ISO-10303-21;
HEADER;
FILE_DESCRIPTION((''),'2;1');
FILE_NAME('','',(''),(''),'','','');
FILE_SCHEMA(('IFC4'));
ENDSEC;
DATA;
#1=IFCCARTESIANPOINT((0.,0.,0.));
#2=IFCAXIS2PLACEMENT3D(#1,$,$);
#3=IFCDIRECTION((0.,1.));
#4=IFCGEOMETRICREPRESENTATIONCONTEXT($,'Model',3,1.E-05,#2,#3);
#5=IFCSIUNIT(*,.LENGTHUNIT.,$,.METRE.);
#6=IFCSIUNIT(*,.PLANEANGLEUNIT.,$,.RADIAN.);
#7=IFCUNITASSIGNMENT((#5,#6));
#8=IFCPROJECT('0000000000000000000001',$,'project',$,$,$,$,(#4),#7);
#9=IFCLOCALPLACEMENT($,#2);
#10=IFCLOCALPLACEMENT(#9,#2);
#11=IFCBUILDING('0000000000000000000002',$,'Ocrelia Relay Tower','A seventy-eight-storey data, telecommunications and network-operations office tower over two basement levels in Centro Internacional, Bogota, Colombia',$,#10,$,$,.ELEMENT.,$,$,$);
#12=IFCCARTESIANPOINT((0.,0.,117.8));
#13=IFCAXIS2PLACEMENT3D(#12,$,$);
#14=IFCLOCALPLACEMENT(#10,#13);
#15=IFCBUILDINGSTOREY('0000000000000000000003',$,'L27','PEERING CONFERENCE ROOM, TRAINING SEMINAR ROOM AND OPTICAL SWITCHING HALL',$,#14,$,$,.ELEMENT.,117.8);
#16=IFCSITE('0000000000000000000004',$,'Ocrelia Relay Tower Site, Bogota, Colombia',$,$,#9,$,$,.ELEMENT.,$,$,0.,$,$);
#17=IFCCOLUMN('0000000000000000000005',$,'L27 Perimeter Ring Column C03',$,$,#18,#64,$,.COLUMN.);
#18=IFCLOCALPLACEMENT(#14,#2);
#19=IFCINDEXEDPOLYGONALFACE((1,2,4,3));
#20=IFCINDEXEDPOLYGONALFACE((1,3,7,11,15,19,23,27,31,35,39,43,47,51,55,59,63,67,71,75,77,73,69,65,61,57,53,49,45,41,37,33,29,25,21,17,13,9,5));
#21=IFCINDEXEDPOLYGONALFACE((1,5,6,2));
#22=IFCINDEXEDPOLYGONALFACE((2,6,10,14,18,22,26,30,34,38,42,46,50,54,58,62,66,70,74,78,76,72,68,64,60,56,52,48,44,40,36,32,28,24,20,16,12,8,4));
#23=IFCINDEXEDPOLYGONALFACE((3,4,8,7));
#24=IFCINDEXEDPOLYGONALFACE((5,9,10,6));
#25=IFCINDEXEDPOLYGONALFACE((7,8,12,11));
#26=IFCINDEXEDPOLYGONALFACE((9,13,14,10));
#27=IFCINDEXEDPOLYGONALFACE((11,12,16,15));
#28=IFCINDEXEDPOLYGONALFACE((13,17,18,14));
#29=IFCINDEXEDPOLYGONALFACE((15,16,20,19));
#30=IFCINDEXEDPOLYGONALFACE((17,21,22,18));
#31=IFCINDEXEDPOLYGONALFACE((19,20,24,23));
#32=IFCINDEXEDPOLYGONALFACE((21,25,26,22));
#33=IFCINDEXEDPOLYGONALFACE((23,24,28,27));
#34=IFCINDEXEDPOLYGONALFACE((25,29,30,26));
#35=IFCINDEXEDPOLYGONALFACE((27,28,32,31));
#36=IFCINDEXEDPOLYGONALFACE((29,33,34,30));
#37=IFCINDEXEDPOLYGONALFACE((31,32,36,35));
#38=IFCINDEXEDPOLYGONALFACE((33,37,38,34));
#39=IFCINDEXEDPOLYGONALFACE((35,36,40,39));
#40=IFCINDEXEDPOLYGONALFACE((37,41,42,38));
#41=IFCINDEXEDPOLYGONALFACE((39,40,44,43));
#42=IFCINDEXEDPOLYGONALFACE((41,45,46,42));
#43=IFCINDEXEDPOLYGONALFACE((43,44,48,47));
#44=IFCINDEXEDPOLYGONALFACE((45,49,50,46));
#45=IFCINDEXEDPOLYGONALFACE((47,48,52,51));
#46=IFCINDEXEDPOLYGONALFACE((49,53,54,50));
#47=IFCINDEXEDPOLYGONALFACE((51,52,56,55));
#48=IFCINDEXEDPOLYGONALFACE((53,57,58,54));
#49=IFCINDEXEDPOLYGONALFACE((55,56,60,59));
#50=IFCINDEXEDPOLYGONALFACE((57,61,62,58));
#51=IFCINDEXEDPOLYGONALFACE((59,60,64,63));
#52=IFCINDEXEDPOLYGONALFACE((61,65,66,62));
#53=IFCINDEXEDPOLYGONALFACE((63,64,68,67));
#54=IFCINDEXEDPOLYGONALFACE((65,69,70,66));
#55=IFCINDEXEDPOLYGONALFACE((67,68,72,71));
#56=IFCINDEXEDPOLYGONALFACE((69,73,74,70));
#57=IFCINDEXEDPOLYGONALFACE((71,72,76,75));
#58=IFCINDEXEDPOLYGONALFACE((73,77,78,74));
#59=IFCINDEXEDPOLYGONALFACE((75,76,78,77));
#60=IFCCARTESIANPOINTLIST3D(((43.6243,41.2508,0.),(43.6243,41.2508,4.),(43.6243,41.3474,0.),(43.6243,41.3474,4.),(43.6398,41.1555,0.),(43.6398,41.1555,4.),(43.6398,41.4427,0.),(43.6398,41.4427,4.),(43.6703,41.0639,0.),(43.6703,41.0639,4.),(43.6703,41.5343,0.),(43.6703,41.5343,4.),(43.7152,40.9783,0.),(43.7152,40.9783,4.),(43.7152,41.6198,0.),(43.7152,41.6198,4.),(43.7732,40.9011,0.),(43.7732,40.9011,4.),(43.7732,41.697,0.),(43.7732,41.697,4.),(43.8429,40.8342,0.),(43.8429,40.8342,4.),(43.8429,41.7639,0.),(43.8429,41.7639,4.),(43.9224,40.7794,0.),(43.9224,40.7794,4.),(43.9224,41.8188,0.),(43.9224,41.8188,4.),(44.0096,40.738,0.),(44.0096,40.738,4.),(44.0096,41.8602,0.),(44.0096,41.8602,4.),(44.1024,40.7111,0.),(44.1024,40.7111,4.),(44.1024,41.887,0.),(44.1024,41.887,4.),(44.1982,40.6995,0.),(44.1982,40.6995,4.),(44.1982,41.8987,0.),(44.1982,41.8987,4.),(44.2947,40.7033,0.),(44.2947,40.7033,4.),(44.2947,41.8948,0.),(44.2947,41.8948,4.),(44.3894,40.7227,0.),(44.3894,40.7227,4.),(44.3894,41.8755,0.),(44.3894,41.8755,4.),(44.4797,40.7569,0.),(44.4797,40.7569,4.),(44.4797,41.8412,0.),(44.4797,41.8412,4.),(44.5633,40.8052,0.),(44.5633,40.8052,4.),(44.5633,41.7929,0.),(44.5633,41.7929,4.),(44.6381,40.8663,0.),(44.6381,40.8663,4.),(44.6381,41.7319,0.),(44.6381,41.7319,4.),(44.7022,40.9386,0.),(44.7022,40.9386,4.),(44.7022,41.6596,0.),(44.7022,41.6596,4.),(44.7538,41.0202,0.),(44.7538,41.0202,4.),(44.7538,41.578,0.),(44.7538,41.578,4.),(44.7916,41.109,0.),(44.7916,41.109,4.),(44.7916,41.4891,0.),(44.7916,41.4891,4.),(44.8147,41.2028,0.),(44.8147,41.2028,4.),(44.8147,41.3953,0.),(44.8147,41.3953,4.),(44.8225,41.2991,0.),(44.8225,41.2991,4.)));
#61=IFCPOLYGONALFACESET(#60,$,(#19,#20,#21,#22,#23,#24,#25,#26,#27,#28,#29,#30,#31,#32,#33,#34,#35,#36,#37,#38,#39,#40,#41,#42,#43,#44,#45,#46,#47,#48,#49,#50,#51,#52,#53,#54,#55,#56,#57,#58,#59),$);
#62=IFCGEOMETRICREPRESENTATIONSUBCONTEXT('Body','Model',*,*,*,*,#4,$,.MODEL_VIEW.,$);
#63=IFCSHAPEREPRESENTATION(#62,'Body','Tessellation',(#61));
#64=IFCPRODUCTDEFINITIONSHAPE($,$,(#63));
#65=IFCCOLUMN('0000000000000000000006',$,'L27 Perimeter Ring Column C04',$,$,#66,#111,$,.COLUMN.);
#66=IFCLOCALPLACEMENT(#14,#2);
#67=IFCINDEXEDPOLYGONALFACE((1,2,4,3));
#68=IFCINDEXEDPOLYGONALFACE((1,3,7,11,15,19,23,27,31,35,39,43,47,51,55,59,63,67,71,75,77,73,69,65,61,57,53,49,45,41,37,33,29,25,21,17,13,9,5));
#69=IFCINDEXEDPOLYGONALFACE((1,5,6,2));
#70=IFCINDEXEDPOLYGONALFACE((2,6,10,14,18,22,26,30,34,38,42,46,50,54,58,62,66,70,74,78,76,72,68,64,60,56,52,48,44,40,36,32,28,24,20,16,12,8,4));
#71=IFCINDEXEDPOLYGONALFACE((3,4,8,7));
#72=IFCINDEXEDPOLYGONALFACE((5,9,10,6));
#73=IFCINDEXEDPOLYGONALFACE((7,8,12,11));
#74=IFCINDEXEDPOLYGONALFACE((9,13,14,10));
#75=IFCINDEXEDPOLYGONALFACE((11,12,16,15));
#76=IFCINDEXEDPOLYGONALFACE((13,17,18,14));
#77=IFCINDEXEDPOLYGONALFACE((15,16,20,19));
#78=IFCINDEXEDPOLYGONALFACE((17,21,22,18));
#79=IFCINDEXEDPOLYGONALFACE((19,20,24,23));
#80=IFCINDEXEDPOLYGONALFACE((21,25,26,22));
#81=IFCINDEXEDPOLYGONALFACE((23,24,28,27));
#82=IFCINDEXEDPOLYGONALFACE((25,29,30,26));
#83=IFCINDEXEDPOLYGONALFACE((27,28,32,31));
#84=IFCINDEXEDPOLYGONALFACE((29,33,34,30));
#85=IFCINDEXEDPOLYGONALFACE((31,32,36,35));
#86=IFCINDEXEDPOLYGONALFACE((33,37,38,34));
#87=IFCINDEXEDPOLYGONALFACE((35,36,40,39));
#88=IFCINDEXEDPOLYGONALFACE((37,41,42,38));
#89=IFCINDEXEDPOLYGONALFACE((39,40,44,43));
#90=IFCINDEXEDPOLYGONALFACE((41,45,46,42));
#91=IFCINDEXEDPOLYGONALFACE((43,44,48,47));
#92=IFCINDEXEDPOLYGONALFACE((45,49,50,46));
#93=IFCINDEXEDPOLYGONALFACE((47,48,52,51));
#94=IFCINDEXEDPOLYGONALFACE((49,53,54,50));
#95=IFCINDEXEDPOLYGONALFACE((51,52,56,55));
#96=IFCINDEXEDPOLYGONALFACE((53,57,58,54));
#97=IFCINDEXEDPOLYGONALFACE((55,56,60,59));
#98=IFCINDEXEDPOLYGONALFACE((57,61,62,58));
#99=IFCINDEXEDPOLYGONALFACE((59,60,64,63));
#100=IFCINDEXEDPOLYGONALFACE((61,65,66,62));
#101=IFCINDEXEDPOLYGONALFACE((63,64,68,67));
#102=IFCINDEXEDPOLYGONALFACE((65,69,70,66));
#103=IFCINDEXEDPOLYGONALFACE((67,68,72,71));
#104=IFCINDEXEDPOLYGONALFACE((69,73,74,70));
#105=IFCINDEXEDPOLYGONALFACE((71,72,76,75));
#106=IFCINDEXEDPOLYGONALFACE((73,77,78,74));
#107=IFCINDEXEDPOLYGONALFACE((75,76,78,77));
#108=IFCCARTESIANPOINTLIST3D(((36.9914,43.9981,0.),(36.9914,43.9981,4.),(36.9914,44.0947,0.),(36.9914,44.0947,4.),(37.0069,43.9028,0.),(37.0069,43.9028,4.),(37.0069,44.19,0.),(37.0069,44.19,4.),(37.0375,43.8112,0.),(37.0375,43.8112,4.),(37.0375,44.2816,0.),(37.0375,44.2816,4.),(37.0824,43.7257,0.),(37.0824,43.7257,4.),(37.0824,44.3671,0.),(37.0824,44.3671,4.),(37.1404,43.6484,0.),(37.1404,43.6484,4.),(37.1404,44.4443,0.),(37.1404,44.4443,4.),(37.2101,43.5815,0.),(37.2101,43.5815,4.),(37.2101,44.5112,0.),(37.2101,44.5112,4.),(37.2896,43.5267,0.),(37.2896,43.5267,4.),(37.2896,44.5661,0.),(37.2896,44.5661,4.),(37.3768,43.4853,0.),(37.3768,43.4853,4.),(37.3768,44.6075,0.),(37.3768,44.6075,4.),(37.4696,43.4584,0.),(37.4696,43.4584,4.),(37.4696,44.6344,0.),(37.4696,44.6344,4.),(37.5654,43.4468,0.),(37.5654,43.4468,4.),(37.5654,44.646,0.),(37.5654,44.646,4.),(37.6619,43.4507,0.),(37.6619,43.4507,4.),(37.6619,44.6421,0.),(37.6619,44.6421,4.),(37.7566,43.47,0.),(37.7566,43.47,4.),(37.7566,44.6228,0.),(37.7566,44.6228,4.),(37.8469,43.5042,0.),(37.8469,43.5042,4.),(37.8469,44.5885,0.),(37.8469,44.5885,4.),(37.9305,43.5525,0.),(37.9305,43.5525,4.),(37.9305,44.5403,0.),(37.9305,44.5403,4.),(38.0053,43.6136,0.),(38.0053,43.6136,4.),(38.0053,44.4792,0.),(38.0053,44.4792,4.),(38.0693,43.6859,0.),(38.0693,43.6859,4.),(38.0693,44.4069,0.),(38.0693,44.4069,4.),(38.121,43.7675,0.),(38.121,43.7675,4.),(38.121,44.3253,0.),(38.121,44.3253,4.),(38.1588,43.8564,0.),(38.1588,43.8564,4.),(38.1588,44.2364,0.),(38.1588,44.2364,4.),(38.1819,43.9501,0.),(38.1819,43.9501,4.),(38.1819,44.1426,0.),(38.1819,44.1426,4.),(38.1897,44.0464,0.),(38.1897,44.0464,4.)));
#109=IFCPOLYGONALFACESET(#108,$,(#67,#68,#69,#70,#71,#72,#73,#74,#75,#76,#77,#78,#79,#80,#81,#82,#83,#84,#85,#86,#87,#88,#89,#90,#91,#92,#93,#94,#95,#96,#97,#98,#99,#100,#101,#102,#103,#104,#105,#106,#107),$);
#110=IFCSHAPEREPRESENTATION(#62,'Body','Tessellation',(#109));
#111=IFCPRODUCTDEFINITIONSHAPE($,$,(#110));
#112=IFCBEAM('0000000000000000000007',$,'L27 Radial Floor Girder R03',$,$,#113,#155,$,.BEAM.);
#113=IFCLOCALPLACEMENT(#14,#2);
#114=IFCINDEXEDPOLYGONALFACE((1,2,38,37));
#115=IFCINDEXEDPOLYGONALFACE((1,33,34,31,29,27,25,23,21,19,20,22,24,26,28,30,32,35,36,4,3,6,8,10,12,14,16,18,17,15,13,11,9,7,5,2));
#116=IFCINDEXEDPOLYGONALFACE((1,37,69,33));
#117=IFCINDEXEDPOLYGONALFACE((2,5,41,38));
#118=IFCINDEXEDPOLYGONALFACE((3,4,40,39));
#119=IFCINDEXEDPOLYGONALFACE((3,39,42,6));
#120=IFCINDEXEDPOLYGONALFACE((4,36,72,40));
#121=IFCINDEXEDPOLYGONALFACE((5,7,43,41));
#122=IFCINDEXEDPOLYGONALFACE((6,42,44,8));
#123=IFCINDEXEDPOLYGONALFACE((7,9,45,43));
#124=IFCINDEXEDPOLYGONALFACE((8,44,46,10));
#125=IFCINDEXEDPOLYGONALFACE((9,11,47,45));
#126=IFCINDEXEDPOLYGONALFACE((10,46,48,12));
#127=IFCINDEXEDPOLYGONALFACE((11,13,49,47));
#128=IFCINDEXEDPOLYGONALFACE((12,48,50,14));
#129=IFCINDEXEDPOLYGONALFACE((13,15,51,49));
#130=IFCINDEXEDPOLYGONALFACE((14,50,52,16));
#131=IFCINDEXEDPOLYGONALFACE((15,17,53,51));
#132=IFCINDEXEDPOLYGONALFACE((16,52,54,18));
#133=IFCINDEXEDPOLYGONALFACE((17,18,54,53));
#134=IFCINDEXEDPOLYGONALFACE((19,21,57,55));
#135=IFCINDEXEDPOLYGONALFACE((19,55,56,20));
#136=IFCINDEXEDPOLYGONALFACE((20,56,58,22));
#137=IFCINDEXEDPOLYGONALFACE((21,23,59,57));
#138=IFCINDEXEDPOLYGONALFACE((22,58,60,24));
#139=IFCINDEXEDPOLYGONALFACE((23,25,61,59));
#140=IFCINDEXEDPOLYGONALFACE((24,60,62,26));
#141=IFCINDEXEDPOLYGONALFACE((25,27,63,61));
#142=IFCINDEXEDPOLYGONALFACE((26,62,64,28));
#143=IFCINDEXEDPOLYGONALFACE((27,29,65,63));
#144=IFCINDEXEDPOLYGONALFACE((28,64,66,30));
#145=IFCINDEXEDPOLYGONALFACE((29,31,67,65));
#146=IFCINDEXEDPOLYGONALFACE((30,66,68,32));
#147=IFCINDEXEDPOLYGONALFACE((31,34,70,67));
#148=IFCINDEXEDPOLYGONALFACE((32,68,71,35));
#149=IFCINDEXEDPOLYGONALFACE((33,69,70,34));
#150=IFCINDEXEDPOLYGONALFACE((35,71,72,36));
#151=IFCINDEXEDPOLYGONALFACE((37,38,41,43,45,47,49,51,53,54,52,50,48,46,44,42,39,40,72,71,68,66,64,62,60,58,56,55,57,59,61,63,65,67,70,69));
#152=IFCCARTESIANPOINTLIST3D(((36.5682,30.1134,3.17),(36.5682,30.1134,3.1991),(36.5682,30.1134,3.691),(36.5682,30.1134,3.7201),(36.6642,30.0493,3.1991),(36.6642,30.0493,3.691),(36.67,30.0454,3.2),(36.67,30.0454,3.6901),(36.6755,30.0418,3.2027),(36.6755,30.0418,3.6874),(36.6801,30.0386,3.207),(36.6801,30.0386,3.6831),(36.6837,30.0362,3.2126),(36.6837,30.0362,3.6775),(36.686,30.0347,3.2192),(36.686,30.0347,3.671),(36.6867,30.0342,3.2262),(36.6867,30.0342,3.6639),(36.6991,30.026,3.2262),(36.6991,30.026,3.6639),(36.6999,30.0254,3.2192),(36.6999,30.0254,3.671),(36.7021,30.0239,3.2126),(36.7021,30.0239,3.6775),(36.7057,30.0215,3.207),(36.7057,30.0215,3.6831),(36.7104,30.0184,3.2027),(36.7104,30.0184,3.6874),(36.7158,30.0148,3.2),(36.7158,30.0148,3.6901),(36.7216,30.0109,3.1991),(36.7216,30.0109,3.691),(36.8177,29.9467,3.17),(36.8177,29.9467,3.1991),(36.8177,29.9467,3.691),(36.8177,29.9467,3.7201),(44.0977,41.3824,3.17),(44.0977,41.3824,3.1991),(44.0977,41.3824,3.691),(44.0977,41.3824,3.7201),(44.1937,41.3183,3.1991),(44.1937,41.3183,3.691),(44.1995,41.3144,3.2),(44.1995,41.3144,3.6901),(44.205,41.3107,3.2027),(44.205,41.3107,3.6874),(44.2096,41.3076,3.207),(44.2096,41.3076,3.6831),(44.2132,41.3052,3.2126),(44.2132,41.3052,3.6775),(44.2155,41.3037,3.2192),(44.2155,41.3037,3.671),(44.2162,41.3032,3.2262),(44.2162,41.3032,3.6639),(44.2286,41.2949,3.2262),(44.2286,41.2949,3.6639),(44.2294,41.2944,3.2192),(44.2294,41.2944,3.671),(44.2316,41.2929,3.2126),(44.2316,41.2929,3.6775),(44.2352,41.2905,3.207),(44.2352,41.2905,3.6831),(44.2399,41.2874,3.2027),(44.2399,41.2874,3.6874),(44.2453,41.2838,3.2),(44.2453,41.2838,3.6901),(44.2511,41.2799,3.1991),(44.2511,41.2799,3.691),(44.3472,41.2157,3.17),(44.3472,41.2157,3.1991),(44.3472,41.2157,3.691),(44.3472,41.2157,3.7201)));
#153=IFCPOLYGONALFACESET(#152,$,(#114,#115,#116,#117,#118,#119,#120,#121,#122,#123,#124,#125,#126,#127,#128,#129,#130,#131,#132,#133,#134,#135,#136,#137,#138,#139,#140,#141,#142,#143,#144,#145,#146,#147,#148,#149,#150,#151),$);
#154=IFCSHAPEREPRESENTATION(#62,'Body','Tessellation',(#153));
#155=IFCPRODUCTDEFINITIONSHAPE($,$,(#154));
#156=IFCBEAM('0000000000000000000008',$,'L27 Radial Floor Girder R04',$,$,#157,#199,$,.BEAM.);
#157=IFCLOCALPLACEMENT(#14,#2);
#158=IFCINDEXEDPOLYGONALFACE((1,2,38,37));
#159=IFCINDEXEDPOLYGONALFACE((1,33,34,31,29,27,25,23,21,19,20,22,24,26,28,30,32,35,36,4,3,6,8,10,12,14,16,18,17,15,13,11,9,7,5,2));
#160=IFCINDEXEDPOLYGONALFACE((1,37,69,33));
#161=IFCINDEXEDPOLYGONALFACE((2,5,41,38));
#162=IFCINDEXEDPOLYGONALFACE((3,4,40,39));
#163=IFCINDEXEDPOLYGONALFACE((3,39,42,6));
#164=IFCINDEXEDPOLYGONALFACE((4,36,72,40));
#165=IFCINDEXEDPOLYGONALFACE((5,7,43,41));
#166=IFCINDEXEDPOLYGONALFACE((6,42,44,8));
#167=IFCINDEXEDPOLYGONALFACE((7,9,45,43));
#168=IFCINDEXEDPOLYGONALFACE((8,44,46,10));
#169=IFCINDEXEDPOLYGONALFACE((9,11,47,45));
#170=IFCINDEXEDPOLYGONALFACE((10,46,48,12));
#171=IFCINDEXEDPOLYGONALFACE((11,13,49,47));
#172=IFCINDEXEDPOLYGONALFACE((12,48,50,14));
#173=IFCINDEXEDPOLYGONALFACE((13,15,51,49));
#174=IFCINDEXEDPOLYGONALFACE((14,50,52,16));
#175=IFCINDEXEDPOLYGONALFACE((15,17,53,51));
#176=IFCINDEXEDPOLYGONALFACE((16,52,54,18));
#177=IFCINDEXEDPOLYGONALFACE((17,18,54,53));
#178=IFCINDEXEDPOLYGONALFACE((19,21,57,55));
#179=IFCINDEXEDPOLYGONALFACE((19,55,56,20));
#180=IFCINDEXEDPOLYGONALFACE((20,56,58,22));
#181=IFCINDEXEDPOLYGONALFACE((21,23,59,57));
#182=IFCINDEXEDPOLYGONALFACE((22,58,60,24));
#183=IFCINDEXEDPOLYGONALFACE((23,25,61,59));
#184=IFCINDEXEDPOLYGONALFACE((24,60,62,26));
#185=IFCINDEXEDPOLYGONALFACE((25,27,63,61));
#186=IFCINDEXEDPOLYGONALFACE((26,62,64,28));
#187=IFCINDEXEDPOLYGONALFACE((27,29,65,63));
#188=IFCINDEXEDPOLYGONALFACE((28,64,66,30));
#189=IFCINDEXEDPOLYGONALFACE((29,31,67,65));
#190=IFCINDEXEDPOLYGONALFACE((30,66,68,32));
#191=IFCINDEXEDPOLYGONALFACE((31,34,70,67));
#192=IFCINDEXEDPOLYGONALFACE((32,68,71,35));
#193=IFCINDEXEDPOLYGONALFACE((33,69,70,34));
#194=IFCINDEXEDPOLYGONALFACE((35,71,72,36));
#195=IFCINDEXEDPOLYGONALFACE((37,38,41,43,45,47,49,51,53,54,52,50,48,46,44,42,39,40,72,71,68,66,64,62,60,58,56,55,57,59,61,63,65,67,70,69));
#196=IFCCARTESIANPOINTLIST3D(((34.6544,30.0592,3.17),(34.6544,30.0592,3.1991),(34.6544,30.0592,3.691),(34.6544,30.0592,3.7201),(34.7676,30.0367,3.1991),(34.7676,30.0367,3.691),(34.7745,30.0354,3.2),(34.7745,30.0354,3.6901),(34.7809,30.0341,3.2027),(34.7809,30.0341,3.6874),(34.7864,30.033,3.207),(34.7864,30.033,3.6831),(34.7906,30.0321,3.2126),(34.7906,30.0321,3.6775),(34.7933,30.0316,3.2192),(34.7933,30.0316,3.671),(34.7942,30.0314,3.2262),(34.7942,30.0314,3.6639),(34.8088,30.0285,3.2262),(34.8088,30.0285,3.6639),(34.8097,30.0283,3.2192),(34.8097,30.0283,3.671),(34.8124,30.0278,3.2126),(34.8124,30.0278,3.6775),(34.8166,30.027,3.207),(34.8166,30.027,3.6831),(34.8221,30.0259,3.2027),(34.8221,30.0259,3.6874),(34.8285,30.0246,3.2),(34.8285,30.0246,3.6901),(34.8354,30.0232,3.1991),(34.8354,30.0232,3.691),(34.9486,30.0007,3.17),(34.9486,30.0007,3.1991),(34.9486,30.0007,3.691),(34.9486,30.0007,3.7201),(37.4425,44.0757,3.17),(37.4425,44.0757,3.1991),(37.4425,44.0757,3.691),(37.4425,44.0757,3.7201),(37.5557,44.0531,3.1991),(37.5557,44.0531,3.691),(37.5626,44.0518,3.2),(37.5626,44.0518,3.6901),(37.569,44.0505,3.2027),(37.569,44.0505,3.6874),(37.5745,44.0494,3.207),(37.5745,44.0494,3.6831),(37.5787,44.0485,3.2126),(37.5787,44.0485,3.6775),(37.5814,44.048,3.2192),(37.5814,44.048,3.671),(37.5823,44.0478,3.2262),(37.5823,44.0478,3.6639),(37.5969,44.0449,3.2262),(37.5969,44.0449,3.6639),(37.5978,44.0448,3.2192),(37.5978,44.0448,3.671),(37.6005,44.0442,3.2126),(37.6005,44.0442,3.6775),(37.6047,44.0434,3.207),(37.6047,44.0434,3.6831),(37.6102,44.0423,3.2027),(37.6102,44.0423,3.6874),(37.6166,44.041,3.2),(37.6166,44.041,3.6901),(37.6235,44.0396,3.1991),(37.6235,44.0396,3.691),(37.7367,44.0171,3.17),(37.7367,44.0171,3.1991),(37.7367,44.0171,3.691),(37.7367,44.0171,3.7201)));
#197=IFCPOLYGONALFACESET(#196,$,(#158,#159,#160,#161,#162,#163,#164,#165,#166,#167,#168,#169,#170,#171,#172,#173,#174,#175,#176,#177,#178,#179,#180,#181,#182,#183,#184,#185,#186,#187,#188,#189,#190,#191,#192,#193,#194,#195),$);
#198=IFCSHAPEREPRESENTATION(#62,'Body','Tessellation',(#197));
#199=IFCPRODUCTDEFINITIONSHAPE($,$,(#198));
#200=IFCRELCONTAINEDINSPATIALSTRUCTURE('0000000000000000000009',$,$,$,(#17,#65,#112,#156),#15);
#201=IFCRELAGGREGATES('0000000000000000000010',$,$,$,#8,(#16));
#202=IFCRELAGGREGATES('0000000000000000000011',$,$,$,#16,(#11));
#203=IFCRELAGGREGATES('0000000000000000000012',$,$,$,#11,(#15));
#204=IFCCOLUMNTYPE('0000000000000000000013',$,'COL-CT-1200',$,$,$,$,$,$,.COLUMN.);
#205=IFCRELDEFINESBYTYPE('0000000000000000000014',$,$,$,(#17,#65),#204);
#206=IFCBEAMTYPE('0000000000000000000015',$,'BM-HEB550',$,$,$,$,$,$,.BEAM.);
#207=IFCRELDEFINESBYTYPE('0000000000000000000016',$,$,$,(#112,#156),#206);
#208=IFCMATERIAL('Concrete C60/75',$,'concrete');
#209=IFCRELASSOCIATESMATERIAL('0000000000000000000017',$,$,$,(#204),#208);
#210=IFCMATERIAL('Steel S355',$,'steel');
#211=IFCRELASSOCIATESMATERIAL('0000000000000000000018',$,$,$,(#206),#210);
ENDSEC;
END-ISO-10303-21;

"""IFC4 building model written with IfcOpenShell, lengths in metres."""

from ifc_helpers import new_model, si_unit, direction, frame, origin, origin_2d, place, context, subcontext, project, spatial, circle, i_section, extrude, material, material_profile, profile_set, type_object, element, save


model = new_model("IFC4")

# Units and contexts
model_context = context("Model", 3, precision=1e-05, world=origin(), true_north=direction((0.0, 1.0)))
body_context = subcontext(model_context, "Body", "Model", "MODEL_VIEW")
ifc_project = project(units=[si_unit("LENGTHUNIT", "METRE"), si_unit("PLANEANGLEUNIT", "RADIAN")], contexts=[model_context])

# Site, building, storey
site_placement = place(None, origin())
site = spatial("IfcSite", under=ifc_project, at=site_placement, Name="Ocrelia Relay Tower Site, Bogota, Colombia", CompositionType="ELEMENT", RefElevation=0.0)
building_placement = place(site_placement, origin())
building = spatial("IfcBuilding", under=site, at=building_placement, Name="Ocrelia Relay Tower", Description="A seventy-eight-storey data, telecommunications and network-operations office tower over two basement levels in Centro Internacional, Bogota, Colombia", CompositionType="ELEMENT")
storey_placement = place(building_placement, frame((0.0, 0.0, 117.8)))
storey = spatial("IfcBuildingStorey", under=building, at=storey_placement, Name="L27", Description="PEERING CONFERENCE ROOM, TRAINING SEMINAR ROOM AND OPTICAL SWITCHING HALL", CompositionType="ELEMENT", Elevation=117.8)

# Columns
ifc_material_1 = material(Name="Concrete C60/75", Category="concrete")
ifc_material_profile_1 = material_profile(ifc_material_1, circle(Radius=0.6001, at=origin_2d()), Name="RC-CIR-1200")
ifc_profile_set_1 = profile_set([ifc_material_profile_1], Name="Concrete C60/75")
column_type = type_object("IfcColumnType", Name="COL-CT-1200", PredefinedType="COLUMN", material=ifc_profile_set_1)
for number, where, z_axis, x_axis, name in (
    (1, (44.2224, 41.2991, 0.0), (0.0, 0.0, 1.0), (1.0, 0.0, 0.0), "L27 Perimeter Ring Column C03"),
    (2, (37.5896, 44.0464, 0.0), (0.0, 0.0, 1.0), (1.0, 0.0, 0.0), "L27 Perimeter Ring Column C04"),
):
    element("IfcColumn", number, at=place(storey_placement, frame(where, z_axis=z_axis, x_axis=x_axis)), inside=storey, type_object=column_type, Name=name, PredefinedType="COLUMN", context=body_context, shape_type="SweptSolid", body=[
        extrude(circle(Radius=0.6001, at=origin_2d()), origin(), (0.0, 0.0, 1.0), 4.0),
    ])

# Beams
ifc_material_2 = material(Name="Steel S355", Category="steel")
ifc_material_profile_2 = material_profile(ifc_material_2, i_section(OverallWidth=0.3, OverallDepth=0.55, WebThickness=0.0149, FlangeThickness=0.0291, FilletRadius=0.0271, at=origin_2d()), Name="HEB 550")
ifc_profile_set_2 = profile_set([ifc_material_profile_2], Name="Steel S355")
beam_type_1 = type_object("IfcBeamType", Name="BM-HEB550", PredefinedType="BEAM", material=ifc_profile_set_2)
beam_1_placement = place(storey_placement, frame((44.2224, 41.2991, 3.4451), z_axis=(-0.55556, -0.831476, 0.0), x_axis=(0.831476, -0.55556, 0.0)))
element("IfcBeam", 3, at=beam_1_placement, inside=storey, type_object=beam_type_1, Name="L27 Radial Floor Girder R03", PredefinedType="BEAM", context=body_context, shape_type="SweptSolid", body=[
    extrude(i_section(OverallWidth=0.3, OverallDepth=0.55, WebThickness=0.0149, FlangeThickness=0.0291, FilletRadius=0.0271, at=origin_2d()), origin(), (0.0, 0.0, 1.0), 13.553),
])
beam_2_placement = place(storey_placement, frame((37.5896, 44.0464, 3.4451), z_axis=(-0.195094, -0.980784, 0.0), x_axis=(0.980784, -0.195094, 0.0)))
element("IfcBeam", 4, at=beam_2_placement, inside=storey, type_object=beam_type_1, Name="L27 Radial Floor Girder R04", PredefinedType="BEAM", context=body_context, shape_type="SweptSolid", body=[
    extrude(i_section(OverallWidth=0.3, OverallDepth=0.55, WebThickness=0.0149, FlangeThickness=0.0291, FilletRadius=0.0271, at=origin_2d()), origin(), (0.0, 0.0, 1.0), 14.291),
])

save(model, "model.ifc")
